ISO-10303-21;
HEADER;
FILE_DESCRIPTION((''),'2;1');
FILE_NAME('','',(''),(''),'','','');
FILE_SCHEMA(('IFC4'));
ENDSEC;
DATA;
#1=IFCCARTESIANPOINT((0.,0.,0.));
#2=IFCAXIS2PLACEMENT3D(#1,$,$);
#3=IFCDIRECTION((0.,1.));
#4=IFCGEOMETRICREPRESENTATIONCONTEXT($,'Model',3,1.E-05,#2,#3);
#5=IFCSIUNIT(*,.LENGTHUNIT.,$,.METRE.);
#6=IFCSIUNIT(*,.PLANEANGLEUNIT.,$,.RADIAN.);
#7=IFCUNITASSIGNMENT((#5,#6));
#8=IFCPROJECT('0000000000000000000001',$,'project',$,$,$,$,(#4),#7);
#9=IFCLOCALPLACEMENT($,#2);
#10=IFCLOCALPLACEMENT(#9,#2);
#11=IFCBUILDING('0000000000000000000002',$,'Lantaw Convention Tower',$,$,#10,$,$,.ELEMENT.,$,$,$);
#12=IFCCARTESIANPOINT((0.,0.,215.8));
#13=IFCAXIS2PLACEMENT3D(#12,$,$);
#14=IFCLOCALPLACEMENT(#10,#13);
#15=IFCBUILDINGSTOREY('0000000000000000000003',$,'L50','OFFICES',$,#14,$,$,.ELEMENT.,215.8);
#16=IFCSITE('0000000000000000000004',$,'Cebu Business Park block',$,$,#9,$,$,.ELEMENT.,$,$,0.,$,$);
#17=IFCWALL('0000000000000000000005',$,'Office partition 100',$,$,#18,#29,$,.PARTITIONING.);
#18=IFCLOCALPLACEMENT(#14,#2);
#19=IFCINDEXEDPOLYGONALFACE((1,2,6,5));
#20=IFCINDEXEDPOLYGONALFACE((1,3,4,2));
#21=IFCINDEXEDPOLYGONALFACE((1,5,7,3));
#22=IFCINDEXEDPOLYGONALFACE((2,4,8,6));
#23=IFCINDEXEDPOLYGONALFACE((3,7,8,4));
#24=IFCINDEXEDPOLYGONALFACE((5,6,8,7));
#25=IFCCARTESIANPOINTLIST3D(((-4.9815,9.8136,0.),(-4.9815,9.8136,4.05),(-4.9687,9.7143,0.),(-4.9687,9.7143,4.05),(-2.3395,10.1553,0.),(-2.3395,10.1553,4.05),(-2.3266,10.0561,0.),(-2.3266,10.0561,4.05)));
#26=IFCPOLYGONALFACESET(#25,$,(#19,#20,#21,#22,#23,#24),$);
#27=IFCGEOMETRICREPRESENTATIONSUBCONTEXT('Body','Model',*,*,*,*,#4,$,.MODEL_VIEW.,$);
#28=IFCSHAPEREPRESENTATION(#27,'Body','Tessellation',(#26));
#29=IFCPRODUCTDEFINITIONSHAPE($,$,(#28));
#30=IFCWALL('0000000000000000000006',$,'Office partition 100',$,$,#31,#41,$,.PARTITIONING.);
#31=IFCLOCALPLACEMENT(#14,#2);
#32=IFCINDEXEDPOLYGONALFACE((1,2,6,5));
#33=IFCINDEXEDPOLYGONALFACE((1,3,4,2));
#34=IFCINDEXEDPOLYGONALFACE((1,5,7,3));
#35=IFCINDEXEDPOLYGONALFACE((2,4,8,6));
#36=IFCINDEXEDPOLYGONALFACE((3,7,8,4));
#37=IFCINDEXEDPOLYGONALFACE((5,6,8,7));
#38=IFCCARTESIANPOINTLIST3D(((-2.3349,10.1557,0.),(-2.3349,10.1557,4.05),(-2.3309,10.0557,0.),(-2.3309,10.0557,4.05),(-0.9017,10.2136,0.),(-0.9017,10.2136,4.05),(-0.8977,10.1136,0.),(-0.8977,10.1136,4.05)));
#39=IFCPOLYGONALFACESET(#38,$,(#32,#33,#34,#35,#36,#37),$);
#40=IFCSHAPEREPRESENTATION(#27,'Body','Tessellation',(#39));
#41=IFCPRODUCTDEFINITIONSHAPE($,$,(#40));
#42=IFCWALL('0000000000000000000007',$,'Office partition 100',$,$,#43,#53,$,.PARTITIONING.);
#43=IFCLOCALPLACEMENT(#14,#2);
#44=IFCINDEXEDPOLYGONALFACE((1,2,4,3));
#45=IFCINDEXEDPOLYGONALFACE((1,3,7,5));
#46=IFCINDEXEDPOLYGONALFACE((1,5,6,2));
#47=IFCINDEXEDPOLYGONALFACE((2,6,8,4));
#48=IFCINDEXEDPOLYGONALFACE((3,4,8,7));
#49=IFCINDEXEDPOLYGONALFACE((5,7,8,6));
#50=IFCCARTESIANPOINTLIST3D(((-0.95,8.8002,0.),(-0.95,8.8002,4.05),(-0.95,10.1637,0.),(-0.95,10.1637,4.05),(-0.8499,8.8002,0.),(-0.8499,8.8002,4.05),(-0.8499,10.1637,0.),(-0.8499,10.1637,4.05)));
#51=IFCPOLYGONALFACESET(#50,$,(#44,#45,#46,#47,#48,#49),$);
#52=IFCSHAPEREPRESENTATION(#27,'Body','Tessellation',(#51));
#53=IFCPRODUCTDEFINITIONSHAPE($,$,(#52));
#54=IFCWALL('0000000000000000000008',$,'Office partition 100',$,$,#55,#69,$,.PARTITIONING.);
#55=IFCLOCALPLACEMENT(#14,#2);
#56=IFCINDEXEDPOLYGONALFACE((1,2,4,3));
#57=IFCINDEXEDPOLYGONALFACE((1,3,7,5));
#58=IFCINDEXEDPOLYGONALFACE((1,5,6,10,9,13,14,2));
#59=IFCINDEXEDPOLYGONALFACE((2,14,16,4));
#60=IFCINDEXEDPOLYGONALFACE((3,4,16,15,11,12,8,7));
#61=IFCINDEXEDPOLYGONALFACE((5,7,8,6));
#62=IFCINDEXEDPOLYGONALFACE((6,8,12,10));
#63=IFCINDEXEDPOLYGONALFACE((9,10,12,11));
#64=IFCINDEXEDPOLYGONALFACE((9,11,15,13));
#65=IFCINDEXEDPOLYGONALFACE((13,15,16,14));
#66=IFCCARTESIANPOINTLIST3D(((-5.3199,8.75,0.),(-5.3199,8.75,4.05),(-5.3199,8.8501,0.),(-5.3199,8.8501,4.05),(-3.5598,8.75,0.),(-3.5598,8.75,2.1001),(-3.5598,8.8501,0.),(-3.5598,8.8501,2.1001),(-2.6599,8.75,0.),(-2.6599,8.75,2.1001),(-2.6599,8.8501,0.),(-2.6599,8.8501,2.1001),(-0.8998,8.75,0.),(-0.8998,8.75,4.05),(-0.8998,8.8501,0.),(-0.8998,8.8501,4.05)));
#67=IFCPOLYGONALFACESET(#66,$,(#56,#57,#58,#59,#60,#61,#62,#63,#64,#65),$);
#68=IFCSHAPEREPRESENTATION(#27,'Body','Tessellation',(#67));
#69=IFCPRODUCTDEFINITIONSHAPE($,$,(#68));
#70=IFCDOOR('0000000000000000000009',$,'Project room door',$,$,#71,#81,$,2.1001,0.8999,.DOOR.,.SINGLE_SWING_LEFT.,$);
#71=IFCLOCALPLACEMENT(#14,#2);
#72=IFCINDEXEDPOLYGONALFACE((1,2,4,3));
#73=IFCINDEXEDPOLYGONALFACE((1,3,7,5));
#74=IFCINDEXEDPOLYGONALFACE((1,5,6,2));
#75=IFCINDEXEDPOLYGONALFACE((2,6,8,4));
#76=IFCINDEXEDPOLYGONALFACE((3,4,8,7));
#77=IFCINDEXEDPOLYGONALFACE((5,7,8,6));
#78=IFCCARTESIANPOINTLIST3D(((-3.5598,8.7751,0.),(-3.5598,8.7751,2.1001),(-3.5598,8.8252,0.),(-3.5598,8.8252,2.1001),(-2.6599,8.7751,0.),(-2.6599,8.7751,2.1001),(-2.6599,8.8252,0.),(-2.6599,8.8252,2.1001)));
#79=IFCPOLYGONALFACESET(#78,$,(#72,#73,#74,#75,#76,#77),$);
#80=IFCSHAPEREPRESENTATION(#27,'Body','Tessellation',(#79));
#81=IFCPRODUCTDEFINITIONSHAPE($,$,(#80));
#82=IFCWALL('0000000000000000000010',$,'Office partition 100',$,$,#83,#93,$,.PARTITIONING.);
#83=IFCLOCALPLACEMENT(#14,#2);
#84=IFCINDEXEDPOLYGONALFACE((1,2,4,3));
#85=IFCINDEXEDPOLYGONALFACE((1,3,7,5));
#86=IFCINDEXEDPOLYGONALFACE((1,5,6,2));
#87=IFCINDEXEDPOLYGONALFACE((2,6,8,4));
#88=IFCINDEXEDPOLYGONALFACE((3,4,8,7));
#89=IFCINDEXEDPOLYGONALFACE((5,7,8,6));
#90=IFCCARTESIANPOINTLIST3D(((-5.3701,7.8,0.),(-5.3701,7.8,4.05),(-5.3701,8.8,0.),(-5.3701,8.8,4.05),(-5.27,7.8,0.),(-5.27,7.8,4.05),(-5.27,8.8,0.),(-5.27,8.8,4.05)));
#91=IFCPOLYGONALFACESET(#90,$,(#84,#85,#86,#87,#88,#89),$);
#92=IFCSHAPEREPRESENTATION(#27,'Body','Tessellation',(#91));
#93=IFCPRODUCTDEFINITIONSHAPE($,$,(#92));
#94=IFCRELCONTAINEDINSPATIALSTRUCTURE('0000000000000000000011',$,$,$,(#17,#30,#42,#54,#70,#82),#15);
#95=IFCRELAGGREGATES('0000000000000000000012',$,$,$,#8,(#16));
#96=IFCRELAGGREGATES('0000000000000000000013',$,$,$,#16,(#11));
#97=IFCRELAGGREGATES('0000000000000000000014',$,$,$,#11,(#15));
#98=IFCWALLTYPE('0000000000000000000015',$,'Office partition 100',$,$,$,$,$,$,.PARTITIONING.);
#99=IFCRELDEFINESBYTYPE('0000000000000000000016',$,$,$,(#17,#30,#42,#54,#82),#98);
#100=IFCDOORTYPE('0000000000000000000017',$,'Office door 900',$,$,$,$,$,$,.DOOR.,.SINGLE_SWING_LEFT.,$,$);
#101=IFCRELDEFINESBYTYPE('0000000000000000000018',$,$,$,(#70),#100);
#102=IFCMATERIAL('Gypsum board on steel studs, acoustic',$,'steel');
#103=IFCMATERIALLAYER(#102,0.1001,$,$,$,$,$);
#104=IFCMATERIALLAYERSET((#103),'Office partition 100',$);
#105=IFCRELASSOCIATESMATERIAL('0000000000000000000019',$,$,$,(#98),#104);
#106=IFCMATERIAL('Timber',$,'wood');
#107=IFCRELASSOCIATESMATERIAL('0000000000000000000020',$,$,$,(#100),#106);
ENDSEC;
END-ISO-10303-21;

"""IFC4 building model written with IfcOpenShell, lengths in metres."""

from ifc_helpers import new_model, si_unit, direction, frame, frame_2d, origin, place, context, subcontext, project, spatial, rectangle, extrude, material, layer, layer_set, type_object, element, fill, save


model = new_model("IFC4")

# Units and contexts
model_context = context("Model", 3, precision=1e-05, world=origin(), true_north=direction((0.0, 1.0)))
body_context = subcontext(model_context, "Body", "Model", "MODEL_VIEW")
ifc_project = project(units=[si_unit("LENGTHUNIT", "METRE"), si_unit("PLANEANGLEUNIT", "RADIAN")], contexts=[model_context])

# Site, building, storey
site_placement = place(None, origin())
site = spatial("IfcSite", under=ifc_project, at=site_placement, Name="Cebu Business Park block", CompositionType="ELEMENT", RefElevation=0.0)
building_placement = place(site_placement, origin())
building = spatial("IfcBuilding", under=site, at=building_placement, Name="Lantaw Convention Tower", CompositionType="ELEMENT")
storey_placement = place(building_placement, frame((0.0, 0.0, 215.8)))
storey = spatial("IfcBuildingStorey", under=building, at=storey_placement, Name="L50", Description="OFFICES", CompositionType="ELEMENT", Elevation=215.8)

# Walls
ifc_material_1 = material(Name="Gypsum board on steel studs, acoustic", Category="steel")
ifc_layer_1 = layer(ifc_material_1, 0.1001)
ifc_layer_set_1 = layer_set([ifc_layer_1], Name="Office partition 100")
wall_type_1 = type_object("IfcWallType", Name="Office partition 100", PredefinedType="PARTITIONING", material=ifc_layer_set_1)
wall_1_placement = place(storey_placement, frame((-4.9751, 9.7639, 0.0), z_axis=(0.0, 0.0, 1.0), x_axis=(0.991736, 0.128297, 0.0)))
element("IfcWall", 1, at=wall_1_placement, inside=storey, type_object=wall_type_1, Name="Office partition 100", PredefinedType="PARTITIONING", context=body_context, shape_type="SweptSolid", body=[
    extrude(rectangle(XDim=2.6641, YDim=0.1001, at=frame_2d((1.332, 0.0))), origin(), (0.0, 0.0, 1.0), 4.05),
])
wall_2_placement = place(storey_placement, frame((-2.333, 10.1057, 0.0), z_axis=(0.0, 0.0, 1.0), x_axis=(0.999186, 0.040342, 0.0)))
element("IfcWall", 2, at=wall_2_placement, inside=storey, type_object=wall_type_1, Name="Office partition 100", PredefinedType="PARTITIONING", context=body_context, shape_type="SweptSolid", body=[
    extrude(rectangle(XDim=1.4343, YDim=0.1001, at=frame_2d((0.7173, 0.0))), origin(), (0.0, 0.0, 1.0), 4.05),
])
wall_3_placement = place(storey_placement, frame((-0.8999, 10.1636, 0.0), z_axis=(0.0, 0.0, 1.0), x_axis=(0.0, -1.0, 0.0)))
element("IfcWall", 3, at=wall_3_placement, inside=storey, type_object=wall_type_1, Name="Office partition 100", PredefinedType="PARTITIONING", context=body_context, shape_type="SweptSolid", body=[
    extrude(rectangle(XDim=1.3635, YDim=0.1001, at=frame_2d((0.6816, 0.0))), origin(), (0.0, 0.0, 1.0), 4.05),
])

# Wall, opening, door
wall_4_placement = place(storey_placement, frame((-0.8999, 8.8, 0.0), z_axis=(0.0, 0.0, 1.0), x_axis=(-1.0, 0.0, 0.0)))
wall_4 = element("IfcWall", 4, at=wall_4_placement, inside=storey, type_object=wall_type_1, Name="Office partition 100", PredefinedType="PARTITIONING", context=body_context, shape_type="SweptSolid", body=[
    extrude(rectangle(XDim=4.4202, YDim=0.1001, at=frame_2d((2.21, 0.0))), origin(), (0.0, 0.0, 1.0), 4.05),
])
opening_1_placement = place(wall_4_placement, frame((1.76, 0.0, 0.0)))
opening_1 = element("IfcOpeningElement", 5, at=opening_1_placement, cuts=wall_4, PredefinedType="OPENING", context=body_context, shape_type="SweptSolid", body=[
    extrude(rectangle(XDim=0.8999, YDim=2.1001, at=frame_2d((0.45, 1.05))), frame((0.0, 0.0601, 0.0), z_axis=(0.0, -1.0, 0.0), x_axis=(1.0, 0.0, 0.0)), (0.0, 0.0, 1.0), 0.1201),
])
ifc_material_2 = material(Name="Timber", Category="wood")
door_type_1 = type_object("IfcDoorType", Name="Office door 900", OperationType="SINGLE_SWING_LEFT", PredefinedType="DOOR", material=ifc_material_2)
door_1_placement = place(opening_1_placement, origin())
door_1 = element("IfcDoor", 6, at=door_1_placement, inside=storey, type_object=door_type_1, Name="Project room door", OperationType="SINGLE_SWING_LEFT", OverallHeight=2.1001, OverallWidth=0.8999, PredefinedType="DOOR", context=body_context, shape_type="SweptSolid", body=[
    extrude(rectangle(XDim=0.8999, YDim=2.1001, at=frame_2d((0.45, 1.05))), frame((0.0, 0.0249, 0.0), z_axis=(0.0, -1.0, 0.0), x_axis=(1.0, 0.0, 0.0)), (0.0, 0.0, 1.0), 0.05),
])
fill(opening_1, door_1)

# Wall
wall_5_placement = place(storey_placement, frame((-5.3201, 8.8, 0.0), z_axis=(0.0, 0.0, 1.0), x_axis=(0.0, -1.0, 0.0)))
element("IfcWall", 7, at=wall_5_placement, inside=storey, type_object=wall_type_1, Name="Office partition 100", PredefinedType="PARTITIONING", context=body_context, shape_type="SweptSolid", body=[
    extrude(rectangle(XDim=1.0, YDim=0.1001, at=frame_2d((0.5, 0.0))), origin(), (0.0, 0.0, 1.0), 4.05),
])

save(model, "model.ifc")
